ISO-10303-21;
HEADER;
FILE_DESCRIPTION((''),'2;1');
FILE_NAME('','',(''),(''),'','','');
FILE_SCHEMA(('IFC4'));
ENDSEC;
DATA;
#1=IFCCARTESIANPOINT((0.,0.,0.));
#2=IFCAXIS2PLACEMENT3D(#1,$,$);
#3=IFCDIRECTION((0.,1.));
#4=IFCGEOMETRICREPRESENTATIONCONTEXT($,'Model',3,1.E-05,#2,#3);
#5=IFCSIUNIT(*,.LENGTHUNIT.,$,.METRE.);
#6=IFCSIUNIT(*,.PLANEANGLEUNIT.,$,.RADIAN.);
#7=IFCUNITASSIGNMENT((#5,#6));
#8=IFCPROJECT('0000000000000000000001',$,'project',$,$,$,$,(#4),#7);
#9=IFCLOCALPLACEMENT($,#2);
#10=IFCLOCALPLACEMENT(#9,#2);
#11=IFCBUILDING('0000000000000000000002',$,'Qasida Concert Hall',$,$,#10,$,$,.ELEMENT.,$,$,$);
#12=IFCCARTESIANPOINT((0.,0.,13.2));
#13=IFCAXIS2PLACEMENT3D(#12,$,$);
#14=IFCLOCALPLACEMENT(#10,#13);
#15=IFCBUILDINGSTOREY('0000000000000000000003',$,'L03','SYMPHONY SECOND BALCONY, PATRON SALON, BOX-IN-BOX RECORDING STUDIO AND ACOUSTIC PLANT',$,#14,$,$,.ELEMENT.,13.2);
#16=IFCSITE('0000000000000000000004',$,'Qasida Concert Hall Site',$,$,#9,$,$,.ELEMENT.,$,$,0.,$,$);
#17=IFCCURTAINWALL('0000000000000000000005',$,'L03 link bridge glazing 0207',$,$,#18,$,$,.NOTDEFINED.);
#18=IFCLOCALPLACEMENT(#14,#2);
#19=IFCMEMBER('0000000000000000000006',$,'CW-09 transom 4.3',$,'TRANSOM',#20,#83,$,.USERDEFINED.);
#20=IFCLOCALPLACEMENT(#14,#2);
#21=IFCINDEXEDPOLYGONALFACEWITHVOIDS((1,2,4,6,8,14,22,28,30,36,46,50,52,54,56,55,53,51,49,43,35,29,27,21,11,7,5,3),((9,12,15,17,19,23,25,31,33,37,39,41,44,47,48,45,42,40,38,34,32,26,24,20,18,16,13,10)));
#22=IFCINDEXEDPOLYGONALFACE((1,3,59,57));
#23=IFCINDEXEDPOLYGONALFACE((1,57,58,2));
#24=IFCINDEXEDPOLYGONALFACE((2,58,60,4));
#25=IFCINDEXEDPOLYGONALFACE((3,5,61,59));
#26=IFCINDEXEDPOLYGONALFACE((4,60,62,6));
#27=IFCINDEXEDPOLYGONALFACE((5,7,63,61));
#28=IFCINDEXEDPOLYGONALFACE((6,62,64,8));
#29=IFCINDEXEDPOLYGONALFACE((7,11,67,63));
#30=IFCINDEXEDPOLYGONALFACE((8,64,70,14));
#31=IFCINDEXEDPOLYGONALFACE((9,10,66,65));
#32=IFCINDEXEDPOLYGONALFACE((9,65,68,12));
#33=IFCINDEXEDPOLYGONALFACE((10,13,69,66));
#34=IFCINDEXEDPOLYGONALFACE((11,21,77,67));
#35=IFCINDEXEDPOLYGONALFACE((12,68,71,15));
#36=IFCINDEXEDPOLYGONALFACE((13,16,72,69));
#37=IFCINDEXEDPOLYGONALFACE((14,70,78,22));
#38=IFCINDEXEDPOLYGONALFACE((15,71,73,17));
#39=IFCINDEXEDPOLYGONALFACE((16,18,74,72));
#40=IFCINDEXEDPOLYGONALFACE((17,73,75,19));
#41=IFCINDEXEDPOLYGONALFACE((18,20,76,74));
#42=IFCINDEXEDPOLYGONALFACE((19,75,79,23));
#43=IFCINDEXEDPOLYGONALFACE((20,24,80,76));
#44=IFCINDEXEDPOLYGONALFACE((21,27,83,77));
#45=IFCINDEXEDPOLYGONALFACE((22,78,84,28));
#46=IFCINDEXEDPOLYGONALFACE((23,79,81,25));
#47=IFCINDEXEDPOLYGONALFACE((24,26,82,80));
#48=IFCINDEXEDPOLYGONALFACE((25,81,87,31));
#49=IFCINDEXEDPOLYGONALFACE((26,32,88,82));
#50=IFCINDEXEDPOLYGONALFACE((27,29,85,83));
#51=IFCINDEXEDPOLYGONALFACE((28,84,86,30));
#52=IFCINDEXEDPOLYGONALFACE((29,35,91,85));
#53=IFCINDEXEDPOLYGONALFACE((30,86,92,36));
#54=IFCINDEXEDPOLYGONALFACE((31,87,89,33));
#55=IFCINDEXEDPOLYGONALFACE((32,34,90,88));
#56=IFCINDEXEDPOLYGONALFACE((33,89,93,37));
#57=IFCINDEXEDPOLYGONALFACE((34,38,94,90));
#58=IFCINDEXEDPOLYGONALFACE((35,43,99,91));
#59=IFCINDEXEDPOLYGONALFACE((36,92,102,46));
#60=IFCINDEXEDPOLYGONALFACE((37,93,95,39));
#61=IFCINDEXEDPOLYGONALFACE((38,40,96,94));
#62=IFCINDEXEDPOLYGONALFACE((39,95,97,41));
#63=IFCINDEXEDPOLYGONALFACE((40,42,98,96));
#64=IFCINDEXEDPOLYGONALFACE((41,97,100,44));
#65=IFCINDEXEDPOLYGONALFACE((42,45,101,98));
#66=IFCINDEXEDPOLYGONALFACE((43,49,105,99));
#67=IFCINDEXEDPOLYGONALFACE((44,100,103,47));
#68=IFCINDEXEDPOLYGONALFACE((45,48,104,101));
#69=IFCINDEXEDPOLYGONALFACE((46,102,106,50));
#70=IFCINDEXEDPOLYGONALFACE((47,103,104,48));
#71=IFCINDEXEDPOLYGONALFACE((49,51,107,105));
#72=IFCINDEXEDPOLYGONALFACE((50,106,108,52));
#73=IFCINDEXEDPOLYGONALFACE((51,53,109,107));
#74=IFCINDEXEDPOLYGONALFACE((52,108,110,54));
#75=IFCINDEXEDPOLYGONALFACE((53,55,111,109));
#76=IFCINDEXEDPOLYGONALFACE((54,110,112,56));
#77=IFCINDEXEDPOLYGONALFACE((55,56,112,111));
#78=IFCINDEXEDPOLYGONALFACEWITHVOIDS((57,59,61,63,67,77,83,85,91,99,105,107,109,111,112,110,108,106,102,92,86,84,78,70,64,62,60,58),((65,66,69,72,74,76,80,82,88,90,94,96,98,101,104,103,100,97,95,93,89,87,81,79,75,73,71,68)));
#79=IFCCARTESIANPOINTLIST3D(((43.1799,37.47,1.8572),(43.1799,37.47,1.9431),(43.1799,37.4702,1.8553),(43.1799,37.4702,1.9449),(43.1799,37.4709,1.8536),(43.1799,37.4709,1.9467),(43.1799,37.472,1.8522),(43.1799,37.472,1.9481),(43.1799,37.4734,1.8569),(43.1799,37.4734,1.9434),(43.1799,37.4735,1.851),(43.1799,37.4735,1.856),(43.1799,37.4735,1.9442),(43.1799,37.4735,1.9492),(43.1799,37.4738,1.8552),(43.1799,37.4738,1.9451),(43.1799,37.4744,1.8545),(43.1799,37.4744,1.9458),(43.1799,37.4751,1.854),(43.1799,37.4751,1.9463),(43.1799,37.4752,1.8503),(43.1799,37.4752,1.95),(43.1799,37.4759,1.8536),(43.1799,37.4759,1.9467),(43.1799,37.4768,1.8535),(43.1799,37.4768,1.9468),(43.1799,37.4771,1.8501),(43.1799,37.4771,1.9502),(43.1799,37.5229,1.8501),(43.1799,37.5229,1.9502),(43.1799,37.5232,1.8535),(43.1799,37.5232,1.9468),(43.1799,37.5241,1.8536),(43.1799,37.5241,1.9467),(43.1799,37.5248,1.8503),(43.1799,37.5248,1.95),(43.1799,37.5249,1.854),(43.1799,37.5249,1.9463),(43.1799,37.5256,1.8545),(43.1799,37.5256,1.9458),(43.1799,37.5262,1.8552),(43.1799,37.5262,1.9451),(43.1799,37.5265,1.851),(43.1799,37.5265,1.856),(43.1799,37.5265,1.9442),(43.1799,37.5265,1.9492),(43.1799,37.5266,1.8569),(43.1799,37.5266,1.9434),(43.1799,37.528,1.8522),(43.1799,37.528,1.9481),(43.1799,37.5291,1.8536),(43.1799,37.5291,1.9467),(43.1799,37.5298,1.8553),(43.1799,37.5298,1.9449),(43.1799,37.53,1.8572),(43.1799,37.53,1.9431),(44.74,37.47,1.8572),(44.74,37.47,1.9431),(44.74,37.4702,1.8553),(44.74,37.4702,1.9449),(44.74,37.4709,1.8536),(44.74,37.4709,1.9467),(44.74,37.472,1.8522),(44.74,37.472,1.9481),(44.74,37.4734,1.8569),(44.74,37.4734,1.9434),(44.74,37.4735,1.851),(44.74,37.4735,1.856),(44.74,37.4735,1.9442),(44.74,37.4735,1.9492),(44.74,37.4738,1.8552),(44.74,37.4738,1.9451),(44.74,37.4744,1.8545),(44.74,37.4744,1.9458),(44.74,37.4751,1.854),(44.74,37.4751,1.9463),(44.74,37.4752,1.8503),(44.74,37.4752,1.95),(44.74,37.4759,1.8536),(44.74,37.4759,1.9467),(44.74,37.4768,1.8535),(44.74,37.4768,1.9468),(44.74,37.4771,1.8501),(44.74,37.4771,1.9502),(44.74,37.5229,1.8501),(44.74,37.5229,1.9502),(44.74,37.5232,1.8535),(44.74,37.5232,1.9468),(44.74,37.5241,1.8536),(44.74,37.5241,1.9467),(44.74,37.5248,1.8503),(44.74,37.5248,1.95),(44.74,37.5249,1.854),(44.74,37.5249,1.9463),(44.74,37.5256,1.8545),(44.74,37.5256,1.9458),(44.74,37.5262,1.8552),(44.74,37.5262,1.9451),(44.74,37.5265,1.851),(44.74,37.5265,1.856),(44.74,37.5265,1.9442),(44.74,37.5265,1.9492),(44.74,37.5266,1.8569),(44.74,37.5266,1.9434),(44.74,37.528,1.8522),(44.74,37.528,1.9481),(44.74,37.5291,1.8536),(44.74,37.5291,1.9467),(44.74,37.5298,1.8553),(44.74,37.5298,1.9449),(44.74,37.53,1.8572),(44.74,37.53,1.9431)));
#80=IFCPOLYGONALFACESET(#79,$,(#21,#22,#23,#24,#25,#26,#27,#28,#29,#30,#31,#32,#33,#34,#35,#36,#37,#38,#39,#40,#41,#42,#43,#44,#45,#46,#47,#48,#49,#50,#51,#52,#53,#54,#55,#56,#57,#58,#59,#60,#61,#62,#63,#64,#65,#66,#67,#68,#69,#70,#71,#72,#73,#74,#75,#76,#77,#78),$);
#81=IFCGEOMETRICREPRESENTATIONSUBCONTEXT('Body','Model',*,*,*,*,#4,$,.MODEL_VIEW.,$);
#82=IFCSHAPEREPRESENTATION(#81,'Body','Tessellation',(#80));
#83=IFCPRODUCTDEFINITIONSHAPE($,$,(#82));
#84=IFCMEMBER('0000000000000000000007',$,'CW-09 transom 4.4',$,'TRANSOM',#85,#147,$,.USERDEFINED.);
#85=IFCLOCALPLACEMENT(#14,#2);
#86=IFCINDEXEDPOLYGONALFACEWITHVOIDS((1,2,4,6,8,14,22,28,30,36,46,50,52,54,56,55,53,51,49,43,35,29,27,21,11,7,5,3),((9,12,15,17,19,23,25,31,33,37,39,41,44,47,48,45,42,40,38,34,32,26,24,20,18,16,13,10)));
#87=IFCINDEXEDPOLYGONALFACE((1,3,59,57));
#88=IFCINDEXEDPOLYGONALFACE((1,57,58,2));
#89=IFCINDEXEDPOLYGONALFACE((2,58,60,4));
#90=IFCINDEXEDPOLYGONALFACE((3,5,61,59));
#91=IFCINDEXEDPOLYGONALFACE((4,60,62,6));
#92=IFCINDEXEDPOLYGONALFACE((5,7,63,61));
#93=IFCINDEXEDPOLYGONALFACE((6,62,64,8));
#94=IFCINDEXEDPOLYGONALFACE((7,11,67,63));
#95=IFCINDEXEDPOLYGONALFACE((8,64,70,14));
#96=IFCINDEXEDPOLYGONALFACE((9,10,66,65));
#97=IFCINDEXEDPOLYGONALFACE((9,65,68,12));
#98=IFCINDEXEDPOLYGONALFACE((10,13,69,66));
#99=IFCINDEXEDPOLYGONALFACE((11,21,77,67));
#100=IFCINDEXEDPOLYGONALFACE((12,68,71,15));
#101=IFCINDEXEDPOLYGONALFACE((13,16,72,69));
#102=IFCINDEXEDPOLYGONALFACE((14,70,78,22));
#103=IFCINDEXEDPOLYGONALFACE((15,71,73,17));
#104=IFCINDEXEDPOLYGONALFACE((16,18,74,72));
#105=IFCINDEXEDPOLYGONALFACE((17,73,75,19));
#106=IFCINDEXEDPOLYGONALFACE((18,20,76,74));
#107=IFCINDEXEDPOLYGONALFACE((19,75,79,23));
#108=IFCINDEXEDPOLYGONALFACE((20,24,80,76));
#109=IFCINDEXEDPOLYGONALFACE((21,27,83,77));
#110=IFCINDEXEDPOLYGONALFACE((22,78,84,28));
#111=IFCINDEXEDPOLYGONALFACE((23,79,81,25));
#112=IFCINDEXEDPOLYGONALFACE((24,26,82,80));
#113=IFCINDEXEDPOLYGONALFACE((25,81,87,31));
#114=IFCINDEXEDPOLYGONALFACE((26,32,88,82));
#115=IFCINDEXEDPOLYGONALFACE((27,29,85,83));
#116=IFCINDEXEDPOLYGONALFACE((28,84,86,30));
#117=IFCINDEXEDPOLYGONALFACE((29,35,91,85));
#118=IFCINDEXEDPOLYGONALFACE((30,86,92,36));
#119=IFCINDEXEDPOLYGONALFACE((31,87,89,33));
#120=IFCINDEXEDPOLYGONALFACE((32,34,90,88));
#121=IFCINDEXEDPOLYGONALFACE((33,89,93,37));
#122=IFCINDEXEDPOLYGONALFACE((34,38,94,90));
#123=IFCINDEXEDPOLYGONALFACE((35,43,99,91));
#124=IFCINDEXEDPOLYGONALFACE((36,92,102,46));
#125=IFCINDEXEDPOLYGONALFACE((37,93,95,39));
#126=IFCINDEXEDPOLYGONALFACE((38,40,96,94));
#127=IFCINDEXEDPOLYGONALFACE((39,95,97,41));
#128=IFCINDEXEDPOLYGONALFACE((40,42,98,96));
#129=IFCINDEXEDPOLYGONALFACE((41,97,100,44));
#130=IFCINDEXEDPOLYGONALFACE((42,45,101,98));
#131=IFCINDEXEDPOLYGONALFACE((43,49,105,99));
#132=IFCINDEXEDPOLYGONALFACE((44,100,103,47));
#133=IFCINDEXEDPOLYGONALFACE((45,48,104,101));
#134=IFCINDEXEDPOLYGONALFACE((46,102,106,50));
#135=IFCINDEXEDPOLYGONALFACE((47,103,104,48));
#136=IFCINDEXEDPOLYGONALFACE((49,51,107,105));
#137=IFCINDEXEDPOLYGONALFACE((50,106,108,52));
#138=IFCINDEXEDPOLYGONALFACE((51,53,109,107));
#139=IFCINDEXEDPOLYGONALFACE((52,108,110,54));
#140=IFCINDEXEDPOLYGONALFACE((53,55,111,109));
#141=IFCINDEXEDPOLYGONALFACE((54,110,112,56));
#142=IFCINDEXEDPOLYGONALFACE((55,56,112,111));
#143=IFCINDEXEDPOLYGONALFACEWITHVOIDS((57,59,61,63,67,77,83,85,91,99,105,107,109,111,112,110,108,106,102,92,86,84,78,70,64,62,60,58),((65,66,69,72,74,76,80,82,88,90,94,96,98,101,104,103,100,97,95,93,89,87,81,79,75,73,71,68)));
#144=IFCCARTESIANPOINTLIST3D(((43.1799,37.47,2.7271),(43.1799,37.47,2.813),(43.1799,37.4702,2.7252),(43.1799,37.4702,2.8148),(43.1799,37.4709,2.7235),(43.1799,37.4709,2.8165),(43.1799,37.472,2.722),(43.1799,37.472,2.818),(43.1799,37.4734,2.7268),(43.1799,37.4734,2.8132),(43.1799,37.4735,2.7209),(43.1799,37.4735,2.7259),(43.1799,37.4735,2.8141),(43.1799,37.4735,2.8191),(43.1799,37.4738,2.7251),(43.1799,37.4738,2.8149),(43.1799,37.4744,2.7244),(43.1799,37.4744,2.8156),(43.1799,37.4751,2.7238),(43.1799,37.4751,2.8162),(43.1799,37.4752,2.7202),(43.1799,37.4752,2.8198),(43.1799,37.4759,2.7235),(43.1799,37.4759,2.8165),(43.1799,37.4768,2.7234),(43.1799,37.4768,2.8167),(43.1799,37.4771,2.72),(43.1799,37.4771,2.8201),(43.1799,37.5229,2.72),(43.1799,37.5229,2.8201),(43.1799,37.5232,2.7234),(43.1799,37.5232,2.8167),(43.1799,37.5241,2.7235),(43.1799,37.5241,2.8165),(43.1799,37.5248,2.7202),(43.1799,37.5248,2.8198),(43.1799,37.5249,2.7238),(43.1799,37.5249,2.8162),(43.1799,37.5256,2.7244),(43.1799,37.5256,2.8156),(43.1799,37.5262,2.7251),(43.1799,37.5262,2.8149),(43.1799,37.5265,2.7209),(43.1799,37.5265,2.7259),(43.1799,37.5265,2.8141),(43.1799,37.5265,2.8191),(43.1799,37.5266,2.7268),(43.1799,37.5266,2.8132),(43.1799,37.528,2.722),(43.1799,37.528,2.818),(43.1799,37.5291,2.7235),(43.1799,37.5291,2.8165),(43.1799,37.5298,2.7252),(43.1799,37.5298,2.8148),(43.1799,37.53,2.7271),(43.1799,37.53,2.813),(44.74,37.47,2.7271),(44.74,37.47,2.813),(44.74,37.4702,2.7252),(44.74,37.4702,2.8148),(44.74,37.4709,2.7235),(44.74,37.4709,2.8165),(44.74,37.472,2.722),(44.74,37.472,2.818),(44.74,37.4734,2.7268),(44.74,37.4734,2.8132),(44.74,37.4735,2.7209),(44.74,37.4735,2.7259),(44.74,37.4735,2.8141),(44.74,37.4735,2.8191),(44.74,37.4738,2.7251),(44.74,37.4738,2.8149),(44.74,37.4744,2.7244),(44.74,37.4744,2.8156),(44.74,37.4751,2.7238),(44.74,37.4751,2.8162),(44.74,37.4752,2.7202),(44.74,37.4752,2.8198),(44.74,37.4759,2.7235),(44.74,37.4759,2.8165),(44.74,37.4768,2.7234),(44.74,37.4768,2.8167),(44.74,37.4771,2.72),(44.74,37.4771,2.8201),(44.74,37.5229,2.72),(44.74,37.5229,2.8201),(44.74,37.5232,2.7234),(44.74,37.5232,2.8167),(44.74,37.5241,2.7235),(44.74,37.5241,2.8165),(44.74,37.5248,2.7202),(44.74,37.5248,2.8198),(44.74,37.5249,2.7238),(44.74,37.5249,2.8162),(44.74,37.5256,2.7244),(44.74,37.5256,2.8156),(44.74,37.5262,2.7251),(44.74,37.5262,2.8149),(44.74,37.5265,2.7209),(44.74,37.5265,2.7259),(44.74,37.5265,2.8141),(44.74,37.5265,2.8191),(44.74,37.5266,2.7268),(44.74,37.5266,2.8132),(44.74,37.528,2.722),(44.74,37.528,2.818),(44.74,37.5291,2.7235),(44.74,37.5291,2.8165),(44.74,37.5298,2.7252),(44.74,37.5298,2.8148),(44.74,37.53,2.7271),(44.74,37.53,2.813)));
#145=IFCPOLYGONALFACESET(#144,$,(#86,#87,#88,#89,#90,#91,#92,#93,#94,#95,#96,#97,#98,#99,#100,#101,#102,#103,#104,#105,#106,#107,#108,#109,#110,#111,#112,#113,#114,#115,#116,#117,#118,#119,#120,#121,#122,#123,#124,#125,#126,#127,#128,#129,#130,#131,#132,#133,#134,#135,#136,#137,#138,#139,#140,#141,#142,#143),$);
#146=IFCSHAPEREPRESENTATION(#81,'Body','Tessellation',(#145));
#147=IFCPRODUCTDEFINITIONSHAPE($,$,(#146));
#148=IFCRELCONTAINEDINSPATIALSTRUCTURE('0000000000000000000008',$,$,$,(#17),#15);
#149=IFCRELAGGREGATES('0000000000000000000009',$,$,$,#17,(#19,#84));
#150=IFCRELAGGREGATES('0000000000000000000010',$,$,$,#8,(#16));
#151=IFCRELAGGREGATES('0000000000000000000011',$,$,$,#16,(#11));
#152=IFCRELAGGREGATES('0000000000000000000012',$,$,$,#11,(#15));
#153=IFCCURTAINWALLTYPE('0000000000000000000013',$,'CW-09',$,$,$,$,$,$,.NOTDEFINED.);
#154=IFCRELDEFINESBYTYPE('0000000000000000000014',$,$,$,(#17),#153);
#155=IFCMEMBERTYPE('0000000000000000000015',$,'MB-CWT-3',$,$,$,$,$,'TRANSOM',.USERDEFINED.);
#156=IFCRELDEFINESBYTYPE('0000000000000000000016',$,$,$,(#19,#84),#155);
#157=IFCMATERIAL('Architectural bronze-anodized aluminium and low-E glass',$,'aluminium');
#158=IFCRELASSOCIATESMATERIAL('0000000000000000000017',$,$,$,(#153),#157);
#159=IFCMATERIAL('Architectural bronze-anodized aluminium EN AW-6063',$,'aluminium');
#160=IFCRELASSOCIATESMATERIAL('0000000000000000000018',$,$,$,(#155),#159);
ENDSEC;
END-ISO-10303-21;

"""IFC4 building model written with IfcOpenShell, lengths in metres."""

from ifc_helpers import new_model, si_unit, direction, frame, origin, origin_2d, place, context, subcontext, project, spatial, hollow_rectangle, extrude, material, material_profile, profile_set, type_object, element, aggregate, save


model = new_model("IFC4")

# Units and contexts
model_context = context("Model", 3, precision=1e-05, world=origin(), true_north=direction((0.0, 1.0)))
body_context = subcontext(model_context, "Body", "Model", "MODEL_VIEW")
ifc_project = project(units=[si_unit("LENGTHUNIT", "METRE"), si_unit("PLANEANGLEUNIT", "RADIAN")], contexts=[model_context])

# Site, building, storey
site_placement = place(None, origin())
site = spatial("IfcSite", under=ifc_project, at=site_placement, Name="Qasida Concert Hall Site", CompositionType="ELEMENT", RefElevation=0.0)
building_placement = place(site_placement, origin())
building = spatial("IfcBuilding", under=site, at=building_placement, Name="Qasida Concert Hall", CompositionType="ELEMENT")
storey_placement = place(building_placement, frame((0.0, 0.0, 13.2)))
storey = spatial("IfcBuildingStorey", under=building, at=storey_placement, Name="L03", Description="SYMPHONY SECOND BALCONY, PATRON SALON, BOX-IN-BOX RECORDING STUDIO AND ACOUSTIC PLANT", CompositionType="ELEMENT", Elevation=13.2)

# Shared definitions
ifc_material_1 = material(Name="Architectural bronze-anodized aluminium and low-E glass", Category="aluminium")
curtain_wall_type = type_object("IfcCurtainWallType", Name="CW-09", PredefinedType="NOTDEFINED", material=ifc_material_1)
ifc_material_2 = material(Name="Architectural bronze-anodized aluminium EN AW-6063", Category="aluminium")

# Curtain wall
curtain_wall_1_placement = place(storey_placement, origin())
curtain_wall_1 = element("IfcCurtainWall", 1, at=curtain_wall_1_placement, inside=storey, type_object=curtain_wall_type, Name="L03 link bridge glazing 0207", PredefinedType="NOTDEFINED")

# Members
ifc_material_profile_1 = material_profile(ifc_material_2, hollow_rectangle(XDim=0.0601, YDim=0.1001, WallThickness=0.0034, InnerFilletRadius=0.0034, OuterFilletRadius=0.0071, at=origin_2d()), Name="CWT 100x60x3.5")
ifc_profile_set_1 = profile_set([ifc_material_profile_1], Name="Architectural bronze-anodized aluminium EN AW-6063")
member_type_1 = type_object("IfcMemberType", Name="MB-CWT-3", ElementType="TRANSOM", PredefinedType="USERDEFINED", material=ifc_profile_set_1)
member_1_placement = place(storey_placement, frame((43.1799, 37.5, 1.9001), z_axis=(1.0, 0.0, 0.0), x_axis=(0.0, 1.0, 0.0)))
member_1 = element("IfcMember", 2, at=member_1_placement, type_object=member_type_1, Name="CW-09 transom 4.3", ObjectType="TRANSOM", PredefinedType="USERDEFINED", context=body_context, shape_type="SweptSolid", body=[
    extrude(hollow_rectangle(XDim=0.0601, YDim=0.1001, WallThickness=0.0034, InnerFilletRadius=0.0034, OuterFilletRadius=0.0071, at=origin_2d()), origin(), (0.0, 0.0, 1.0), 1.5601),
])
member_2_placement = place(storey_placement, frame((43.1799, 37.5, 2.77), z_axis=(1.0, 0.0, 0.0), x_axis=(0.0, 1.0, 0.0)))
member_2 = element("IfcMember", 3, at=member_2_placement, type_object=member_type_1, Name="CW-09 transom 4.4", ObjectType="TRANSOM", PredefinedType="USERDEFINED", context=body_context, shape_type="SweptSolid", body=[
    extrude(hollow_rectangle(XDim=0.0601, YDim=0.1001, WallThickness=0.0034, InnerFilletRadius=0.0034, OuterFilletRadius=0.0071, at=origin_2d()), origin(), (0.0, 0.0, 1.0), 1.5601),
])

aggregate(curtain_wall_1, [member_1, member_2])

save(model, "model.ifc")
